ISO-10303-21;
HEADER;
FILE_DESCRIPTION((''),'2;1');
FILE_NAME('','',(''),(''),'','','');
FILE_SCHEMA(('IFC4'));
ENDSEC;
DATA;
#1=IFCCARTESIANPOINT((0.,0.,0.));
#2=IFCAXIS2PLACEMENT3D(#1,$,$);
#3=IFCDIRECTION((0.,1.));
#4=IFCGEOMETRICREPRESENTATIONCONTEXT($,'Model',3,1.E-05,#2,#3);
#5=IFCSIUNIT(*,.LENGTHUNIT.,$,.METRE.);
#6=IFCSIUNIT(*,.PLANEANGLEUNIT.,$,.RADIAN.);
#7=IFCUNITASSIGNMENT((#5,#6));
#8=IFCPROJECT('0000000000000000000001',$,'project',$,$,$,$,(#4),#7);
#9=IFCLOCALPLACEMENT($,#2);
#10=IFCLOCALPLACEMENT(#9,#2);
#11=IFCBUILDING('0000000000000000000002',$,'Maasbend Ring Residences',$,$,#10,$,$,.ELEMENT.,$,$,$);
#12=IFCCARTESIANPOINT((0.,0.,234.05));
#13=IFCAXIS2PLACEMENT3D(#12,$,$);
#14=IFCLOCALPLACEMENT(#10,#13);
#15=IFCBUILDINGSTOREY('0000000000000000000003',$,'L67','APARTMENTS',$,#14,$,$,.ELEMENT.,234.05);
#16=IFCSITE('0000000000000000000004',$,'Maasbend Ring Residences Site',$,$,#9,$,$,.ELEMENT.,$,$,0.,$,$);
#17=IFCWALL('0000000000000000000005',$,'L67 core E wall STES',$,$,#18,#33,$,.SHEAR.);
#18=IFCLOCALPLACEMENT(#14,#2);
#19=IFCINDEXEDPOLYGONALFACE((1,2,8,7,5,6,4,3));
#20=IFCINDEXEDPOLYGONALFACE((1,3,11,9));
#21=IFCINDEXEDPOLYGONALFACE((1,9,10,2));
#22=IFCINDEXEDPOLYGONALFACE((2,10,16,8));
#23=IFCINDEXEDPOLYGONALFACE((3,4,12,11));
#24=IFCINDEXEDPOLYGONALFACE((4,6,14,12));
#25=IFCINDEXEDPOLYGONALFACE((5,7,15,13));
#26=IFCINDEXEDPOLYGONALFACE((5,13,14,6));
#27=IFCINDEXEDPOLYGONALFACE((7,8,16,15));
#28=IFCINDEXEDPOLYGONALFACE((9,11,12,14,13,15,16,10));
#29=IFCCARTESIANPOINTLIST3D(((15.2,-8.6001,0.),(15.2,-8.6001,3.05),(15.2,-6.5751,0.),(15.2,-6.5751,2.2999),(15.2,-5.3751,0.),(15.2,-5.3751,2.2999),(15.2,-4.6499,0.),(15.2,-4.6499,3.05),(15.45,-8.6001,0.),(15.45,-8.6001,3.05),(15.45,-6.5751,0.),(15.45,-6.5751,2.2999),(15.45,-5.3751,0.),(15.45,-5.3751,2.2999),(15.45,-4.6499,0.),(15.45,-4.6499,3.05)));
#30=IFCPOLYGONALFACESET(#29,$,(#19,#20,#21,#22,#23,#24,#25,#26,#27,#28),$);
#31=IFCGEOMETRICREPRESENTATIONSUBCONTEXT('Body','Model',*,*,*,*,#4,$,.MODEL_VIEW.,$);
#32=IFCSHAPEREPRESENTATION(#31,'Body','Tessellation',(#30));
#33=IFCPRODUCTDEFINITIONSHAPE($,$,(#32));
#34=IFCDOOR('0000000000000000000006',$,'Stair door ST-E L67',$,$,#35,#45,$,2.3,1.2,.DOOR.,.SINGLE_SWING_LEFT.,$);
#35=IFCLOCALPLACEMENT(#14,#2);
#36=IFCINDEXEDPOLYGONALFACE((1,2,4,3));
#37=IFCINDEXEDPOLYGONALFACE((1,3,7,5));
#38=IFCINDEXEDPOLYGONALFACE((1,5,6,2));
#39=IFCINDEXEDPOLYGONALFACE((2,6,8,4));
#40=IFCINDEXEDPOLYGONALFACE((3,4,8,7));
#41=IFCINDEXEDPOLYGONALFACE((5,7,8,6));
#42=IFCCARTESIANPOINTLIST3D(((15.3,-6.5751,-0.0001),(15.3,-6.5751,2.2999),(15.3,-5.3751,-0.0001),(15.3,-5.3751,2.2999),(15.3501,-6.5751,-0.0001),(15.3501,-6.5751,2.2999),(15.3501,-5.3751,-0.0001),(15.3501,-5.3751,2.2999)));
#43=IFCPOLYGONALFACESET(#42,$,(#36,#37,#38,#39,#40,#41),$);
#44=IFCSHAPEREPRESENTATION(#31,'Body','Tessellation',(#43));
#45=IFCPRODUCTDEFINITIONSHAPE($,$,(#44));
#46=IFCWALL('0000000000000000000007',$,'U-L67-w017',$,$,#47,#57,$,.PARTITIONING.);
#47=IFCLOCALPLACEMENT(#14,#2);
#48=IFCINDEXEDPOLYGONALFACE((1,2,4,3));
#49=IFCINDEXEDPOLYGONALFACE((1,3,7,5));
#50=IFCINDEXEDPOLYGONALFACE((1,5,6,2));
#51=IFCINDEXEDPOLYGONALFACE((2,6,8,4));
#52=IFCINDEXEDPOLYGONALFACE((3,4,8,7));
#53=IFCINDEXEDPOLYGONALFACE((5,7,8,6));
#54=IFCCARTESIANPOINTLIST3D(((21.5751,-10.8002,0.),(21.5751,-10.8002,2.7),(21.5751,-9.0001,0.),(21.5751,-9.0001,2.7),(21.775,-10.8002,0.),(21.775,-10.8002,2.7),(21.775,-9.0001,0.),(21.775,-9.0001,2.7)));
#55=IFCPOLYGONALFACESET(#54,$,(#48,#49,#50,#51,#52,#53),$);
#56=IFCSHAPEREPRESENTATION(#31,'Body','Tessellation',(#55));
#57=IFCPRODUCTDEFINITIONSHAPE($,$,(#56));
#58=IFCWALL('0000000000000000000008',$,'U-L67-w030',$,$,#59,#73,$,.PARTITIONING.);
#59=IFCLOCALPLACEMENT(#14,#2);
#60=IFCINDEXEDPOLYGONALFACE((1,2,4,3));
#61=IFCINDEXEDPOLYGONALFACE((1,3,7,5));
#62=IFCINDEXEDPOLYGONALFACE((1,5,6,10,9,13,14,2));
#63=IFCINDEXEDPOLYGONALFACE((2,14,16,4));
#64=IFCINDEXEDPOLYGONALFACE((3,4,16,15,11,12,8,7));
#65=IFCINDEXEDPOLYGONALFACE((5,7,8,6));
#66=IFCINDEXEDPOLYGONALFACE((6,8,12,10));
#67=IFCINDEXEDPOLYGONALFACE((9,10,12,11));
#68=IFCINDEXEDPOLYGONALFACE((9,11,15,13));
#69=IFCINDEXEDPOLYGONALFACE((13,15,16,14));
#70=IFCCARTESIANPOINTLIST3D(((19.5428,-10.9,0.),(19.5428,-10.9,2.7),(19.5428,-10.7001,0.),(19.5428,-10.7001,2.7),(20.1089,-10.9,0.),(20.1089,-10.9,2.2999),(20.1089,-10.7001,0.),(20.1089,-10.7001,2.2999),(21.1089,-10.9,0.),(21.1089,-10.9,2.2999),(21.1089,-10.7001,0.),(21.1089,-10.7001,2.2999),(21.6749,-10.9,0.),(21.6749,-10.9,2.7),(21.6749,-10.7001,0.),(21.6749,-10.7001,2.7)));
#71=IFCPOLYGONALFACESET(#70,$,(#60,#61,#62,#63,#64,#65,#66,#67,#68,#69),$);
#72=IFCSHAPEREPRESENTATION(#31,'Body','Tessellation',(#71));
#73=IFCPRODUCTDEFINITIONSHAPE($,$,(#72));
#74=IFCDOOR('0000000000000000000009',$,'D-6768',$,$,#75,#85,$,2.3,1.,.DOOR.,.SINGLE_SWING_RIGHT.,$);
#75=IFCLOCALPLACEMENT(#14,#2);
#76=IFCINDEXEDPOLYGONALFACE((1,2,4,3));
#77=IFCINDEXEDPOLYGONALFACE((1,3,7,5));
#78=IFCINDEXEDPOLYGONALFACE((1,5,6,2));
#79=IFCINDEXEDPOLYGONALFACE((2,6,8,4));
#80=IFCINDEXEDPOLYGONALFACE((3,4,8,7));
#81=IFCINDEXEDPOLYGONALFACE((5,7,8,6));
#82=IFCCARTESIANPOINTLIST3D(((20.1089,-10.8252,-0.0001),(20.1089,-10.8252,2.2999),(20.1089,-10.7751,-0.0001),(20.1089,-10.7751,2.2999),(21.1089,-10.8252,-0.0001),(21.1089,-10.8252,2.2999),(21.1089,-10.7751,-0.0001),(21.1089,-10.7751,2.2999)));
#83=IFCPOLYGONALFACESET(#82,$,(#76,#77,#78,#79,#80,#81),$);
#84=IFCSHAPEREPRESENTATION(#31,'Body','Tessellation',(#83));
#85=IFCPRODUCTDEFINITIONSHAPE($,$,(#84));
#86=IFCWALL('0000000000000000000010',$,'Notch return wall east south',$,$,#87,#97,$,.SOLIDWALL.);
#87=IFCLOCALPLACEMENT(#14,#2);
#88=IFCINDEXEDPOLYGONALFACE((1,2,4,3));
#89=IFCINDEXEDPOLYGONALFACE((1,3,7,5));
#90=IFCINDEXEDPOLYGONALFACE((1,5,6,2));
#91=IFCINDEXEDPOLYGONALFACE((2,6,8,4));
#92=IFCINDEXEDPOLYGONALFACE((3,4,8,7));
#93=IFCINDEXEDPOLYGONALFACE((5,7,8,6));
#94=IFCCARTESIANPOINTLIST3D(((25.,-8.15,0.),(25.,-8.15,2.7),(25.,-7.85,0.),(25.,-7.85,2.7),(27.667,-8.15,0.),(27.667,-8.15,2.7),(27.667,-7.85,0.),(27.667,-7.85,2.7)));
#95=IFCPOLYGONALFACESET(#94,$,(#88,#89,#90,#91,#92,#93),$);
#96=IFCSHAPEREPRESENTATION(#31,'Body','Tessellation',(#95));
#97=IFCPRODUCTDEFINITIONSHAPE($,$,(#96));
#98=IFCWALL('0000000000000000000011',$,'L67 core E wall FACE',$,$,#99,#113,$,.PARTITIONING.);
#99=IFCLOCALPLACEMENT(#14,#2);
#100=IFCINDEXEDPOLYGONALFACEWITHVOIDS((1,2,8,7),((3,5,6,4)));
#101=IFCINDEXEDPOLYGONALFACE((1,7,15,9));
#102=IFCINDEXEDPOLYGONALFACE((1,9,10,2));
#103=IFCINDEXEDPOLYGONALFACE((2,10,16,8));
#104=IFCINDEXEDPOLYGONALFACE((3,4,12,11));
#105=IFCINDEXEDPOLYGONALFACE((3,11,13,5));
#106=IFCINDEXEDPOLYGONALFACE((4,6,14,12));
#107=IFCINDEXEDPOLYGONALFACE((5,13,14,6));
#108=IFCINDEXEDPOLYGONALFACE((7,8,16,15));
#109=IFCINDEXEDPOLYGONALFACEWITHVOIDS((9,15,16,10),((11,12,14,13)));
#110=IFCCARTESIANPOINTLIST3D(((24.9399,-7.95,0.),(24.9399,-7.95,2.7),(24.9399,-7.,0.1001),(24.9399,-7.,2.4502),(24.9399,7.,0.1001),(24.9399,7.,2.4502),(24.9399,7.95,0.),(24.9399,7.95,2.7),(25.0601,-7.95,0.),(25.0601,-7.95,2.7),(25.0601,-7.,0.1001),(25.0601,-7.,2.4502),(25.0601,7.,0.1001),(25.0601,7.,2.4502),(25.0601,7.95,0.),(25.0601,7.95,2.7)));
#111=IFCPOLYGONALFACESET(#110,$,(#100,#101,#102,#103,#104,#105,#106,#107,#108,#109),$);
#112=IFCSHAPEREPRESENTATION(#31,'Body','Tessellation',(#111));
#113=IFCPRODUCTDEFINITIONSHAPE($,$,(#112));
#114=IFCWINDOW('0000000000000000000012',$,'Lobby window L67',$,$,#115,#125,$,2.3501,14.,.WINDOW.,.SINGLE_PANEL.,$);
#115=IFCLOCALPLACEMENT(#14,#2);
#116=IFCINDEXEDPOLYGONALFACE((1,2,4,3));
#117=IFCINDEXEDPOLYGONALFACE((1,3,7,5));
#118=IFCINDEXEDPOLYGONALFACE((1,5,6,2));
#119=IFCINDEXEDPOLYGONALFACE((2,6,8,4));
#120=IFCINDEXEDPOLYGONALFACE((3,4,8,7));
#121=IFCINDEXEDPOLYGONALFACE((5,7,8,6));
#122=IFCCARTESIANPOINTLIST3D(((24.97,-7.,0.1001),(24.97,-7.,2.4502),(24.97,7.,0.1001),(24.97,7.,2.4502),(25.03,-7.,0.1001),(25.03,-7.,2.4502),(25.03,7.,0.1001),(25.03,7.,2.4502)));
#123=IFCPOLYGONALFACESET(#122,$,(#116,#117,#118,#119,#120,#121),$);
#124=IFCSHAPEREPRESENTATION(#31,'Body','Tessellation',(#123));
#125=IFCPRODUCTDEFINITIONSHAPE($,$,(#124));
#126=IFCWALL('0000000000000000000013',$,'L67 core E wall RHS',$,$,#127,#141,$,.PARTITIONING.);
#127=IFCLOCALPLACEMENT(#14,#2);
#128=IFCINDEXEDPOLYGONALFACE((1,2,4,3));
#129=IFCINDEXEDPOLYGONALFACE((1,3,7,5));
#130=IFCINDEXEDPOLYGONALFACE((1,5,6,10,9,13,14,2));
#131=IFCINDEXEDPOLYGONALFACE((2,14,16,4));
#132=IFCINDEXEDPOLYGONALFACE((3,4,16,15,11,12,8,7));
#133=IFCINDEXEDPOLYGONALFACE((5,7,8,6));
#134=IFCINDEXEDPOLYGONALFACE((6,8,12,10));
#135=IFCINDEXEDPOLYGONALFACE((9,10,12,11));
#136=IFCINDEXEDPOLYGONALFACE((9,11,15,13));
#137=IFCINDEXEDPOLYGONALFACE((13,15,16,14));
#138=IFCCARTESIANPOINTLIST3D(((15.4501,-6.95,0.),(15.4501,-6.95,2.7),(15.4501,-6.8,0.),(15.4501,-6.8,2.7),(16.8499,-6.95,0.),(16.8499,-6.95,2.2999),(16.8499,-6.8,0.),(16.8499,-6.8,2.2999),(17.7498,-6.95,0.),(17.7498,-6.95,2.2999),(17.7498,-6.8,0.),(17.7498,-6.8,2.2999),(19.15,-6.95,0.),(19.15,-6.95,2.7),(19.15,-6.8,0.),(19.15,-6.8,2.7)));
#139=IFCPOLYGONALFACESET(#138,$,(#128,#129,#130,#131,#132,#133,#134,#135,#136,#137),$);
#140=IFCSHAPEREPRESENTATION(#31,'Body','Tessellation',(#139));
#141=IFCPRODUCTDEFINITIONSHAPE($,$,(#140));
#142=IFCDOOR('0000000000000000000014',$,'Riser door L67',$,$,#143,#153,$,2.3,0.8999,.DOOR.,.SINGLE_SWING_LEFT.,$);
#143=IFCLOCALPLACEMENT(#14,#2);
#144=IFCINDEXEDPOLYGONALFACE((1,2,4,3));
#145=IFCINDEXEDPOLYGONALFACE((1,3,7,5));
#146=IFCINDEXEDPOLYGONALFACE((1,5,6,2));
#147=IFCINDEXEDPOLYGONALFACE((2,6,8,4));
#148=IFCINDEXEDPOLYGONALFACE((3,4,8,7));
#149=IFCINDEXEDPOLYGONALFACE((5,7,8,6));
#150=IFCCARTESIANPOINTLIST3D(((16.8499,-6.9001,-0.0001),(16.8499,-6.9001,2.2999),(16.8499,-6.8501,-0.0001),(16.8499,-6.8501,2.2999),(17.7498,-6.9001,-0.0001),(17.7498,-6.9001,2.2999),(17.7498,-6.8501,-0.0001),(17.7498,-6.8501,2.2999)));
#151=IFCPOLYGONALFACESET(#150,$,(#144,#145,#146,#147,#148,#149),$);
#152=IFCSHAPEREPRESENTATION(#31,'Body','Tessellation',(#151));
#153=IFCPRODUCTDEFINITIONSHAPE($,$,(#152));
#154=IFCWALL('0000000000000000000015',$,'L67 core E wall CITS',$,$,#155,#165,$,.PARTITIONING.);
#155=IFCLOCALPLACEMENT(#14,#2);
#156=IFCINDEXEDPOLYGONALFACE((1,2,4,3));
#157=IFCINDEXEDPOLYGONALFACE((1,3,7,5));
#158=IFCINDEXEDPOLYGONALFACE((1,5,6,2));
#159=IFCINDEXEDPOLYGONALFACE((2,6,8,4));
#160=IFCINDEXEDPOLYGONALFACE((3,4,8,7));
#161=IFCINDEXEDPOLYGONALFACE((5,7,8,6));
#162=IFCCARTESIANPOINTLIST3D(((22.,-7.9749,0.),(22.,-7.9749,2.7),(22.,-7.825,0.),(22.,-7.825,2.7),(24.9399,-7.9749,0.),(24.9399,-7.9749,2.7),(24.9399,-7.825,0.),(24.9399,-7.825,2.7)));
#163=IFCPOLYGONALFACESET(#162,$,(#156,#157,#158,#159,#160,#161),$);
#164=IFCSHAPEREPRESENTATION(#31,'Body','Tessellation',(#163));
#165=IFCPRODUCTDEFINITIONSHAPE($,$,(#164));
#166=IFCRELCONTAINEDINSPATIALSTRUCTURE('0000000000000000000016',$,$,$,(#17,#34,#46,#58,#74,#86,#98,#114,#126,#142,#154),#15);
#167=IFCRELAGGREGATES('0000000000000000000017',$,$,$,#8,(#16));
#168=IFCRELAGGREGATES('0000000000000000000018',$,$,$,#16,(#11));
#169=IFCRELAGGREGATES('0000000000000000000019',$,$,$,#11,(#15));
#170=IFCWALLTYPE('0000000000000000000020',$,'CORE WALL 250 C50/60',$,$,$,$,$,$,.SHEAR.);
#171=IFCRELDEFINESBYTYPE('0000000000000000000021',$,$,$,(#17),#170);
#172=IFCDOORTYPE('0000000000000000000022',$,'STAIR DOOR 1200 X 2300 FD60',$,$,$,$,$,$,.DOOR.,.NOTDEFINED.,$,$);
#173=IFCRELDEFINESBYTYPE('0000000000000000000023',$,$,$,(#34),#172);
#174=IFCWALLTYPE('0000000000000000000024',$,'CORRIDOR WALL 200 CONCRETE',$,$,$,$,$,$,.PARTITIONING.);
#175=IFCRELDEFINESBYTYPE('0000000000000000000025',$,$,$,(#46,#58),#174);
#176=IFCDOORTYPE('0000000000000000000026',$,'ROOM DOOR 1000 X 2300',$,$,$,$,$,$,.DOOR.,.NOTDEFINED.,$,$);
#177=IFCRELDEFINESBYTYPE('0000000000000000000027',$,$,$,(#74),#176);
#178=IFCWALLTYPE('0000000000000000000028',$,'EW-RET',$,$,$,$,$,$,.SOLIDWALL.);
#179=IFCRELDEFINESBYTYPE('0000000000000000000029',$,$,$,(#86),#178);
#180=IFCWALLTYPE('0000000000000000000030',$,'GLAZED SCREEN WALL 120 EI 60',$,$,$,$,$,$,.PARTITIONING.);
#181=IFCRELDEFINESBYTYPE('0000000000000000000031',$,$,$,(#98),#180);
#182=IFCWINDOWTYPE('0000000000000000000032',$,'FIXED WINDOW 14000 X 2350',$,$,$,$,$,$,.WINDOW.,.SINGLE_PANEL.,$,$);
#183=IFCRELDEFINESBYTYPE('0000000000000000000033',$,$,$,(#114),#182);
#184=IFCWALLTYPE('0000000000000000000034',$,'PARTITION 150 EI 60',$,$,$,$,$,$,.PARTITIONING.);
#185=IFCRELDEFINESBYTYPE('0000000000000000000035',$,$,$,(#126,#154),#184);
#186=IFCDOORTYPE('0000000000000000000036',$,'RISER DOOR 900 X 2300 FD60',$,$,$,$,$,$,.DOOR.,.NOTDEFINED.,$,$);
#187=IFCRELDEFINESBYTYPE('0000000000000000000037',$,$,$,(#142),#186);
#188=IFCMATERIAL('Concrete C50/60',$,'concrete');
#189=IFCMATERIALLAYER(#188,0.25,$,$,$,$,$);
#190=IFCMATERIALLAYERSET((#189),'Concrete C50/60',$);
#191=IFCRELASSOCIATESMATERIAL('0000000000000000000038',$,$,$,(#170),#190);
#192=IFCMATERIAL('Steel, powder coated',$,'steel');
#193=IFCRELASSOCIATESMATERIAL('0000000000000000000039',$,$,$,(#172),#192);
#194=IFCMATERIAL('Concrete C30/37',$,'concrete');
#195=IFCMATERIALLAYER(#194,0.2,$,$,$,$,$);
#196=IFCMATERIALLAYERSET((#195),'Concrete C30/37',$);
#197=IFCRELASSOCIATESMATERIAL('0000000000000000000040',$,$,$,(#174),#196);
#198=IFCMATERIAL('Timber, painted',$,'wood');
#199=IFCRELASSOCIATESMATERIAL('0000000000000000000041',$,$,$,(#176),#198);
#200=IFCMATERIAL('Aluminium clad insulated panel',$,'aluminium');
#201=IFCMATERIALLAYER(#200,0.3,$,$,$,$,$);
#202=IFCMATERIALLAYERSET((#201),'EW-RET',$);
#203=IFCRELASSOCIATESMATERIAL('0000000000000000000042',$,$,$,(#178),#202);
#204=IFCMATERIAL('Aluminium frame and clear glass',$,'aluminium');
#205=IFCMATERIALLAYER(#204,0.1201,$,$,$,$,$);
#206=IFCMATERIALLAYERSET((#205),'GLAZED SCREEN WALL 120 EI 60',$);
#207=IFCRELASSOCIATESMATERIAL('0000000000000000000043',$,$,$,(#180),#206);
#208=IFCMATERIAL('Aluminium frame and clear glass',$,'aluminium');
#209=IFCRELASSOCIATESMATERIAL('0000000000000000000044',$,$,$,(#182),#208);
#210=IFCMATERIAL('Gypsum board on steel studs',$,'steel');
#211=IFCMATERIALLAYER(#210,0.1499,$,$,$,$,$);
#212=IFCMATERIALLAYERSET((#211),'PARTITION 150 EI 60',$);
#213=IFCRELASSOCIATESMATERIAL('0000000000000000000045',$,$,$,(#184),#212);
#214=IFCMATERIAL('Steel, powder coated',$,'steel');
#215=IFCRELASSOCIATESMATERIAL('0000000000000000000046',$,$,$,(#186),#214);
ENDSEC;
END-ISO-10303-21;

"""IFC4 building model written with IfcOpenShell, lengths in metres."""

from ifc_helpers import new_model, si_unit, direction, frame, frame_2d, origin, place, context, subcontext, project, spatial, rectangle, extrude, material, layer, layer_set, type_object, element, fill, save


model = new_model("IFC4")

# Units and contexts
model_context = context("Model", 3, precision=1e-05, world=origin(), true_north=direction((0.0, 1.0)))
body_context = subcontext(model_context, "Body", "Model", "MODEL_VIEW")
ifc_project = project(units=[si_unit("LENGTHUNIT", "METRE"), si_unit("PLANEANGLEUNIT", "RADIAN")], contexts=[model_context])

# Site, building, storey
site_placement = place(None, origin())
site = spatial("IfcSite", under=ifc_project, at=site_placement, Name="Maasbend Ring Residences Site", CompositionType="ELEMENT", RefElevation=0.0)
building_placement = place(site_placement, origin())
building = spatial("IfcBuilding", under=site, at=building_placement, Name="Maasbend Ring Residences", CompositionType="ELEMENT")
storey_placement = place(building_placement, frame((0.0, 0.0, 234.05)))
storey = spatial("IfcBuildingStorey", under=building, at=storey_placement, Name="L67", Description="APARTMENTS", CompositionType="ELEMENT", Elevation=234.05)

# Shared definitions
ifc_material_1 = material(Name="Concrete C50/60", Category="concrete")
ifc_layer_1 = layer(ifc_material_1, 0.25)
ifc_layer_set_1 = layer_set([ifc_layer_1], Name="Concrete C50/60")
wall_type_1 = type_object("IfcWallType", Name="CORE WALL 250 C50/60", PredefinedType="SHEAR", material=ifc_layer_set_1)

# Wall, opening, door
wall_1_placement = place(storey_placement, frame((15.325, -8.6001, 0.0), z_axis=(0.0, 0.0, 1.0), x_axis=(0.0, 1.0, 0.0)))
wall_1 = element("IfcWall", 1, at=wall_1_placement, inside=storey, type_object=wall_type_1, Name="L67 core E wall STES", PredefinedType="SHEAR", context=body_context, shape_type="SweptSolid", body=[
    extrude(rectangle(XDim=3.9502, YDim=0.25, at=frame_2d((1.9751, 0.0))), origin(), (0.0, 0.0, 1.0), 3.05),
])
opening_1_placement = place(wall_1_placement, frame((2.0249, 0.0, 0.0)))
opening_1 = element("IfcOpeningElement", 2, at=opening_1_placement, cuts=wall_1, PredefinedType="OPENING", context=body_context, shape_type="SweptSolid", body=[
    extrude(rectangle(XDim=1.2, YDim=2.3, at=frame_2d((0.6001, 1.1499))), frame((0.0, 0.135, 0.0), z_axis=(0.0, -1.0, 0.0), x_axis=(1.0, 0.0, 0.0)), (0.0, 0.0, 1.0), 0.27),
])
ifc_material_2 = material(Name="Steel, powder coated", Category="steel")
door_type_1 = type_object("IfcDoorType", Name="STAIR DOOR 1200 X 2300 FD60", OperationType="NOTDEFINED", PredefinedType="DOOR", material=ifc_material_2)
door_1_placement = place(opening_1_placement, origin())
door_1 = element("IfcDoor", 3, at=door_1_placement, inside=storey, type_object=door_type_1, Name="Stair door ST-E L67", OperationType="SINGLE_SWING_LEFT", OverallHeight=2.3, OverallWidth=1.2, PredefinedType="DOOR", context=body_context, shape_type="SweptSolid", body=[
    extrude(rectangle(XDim=1.2, YDim=2.3, at=frame_2d((0.6001, 1.1499))), frame((0.0, 0.0249, 0.0), z_axis=(0.0, -1.0, 0.0), x_axis=(1.0, 0.0, 0.0)), (0.0, 0.0, 1.0), 0.05),
])
fill(opening_1, door_1)

# Wall
ifc_material_3 = material(Name="Concrete C30/37", Category="concrete")
ifc_layer_2 = layer(ifc_material_3, 0.2)
ifc_layer_set_2 = layer_set([ifc_layer_2], Name="Concrete C30/37")
wall_type_2 = type_object("IfcWallType", Name="CORRIDOR WALL 200 CONCRETE", PredefinedType="PARTITIONING", material=ifc_layer_set_2)
wall_2_placement = place(storey_placement, frame((21.675, -10.8, 0.0), z_axis=(0.0, 0.0, 1.0), x_axis=(0.0, 1.0, 0.0)))
element("IfcWall", 4, at=wall_2_placement, inside=storey, type_object=wall_type_2, Name="U-L67-w017", PredefinedType="PARTITIONING", context=body_context, shape_type="SweptSolid", body=[
    extrude(rectangle(XDim=1.8, YDim=0.2, at=frame_2d((0.8999, 0.0))), origin(), (0.0, 0.0, 1.0), 2.7),
])

# Wall, opening, door
wall_3_placement = place(storey_placement, frame((19.543, -10.8, 0.0), z_axis=(0.0, 0.0, 1.0), x_axis=(1.0, 0.0, 0.0)))
wall_3 = element("IfcWall", 5, at=wall_3_placement, inside=storey, type_object=wall_type_2, Name="U-L67-w030", PredefinedType="PARTITIONING", context=body_context, shape_type="SweptSolid", body=[
    extrude(rectangle(XDim=2.1321, YDim=0.2, at=frame_2d((1.0659, 0.0))), origin(), (0.0, 0.0, 1.0), 2.7),
])
opening_2_placement = place(wall_3_placement, frame((0.5659, 0.0, 0.0)))
opening_2 = element("IfcOpeningElement", 6, at=opening_2_placement, cuts=wall_3, PredefinedType="OPENING", context=body_context, shape_type="SweptSolid", body=[
    extrude(rectangle(XDim=1.0, YDim=2.3, at=frame_2d((0.5, 1.1499))), frame((0.0, 0.1099, 0.0), z_axis=(0.0, -1.0, 0.0), x_axis=(1.0, 0.0, 0.0)), (0.0, 0.0, 1.0), 0.22),
])
ifc_material_4 = material(Name="Timber, painted", Category="wood")
door_type_2 = type_object("IfcDoorType", Name="ROOM DOOR 1000 X 2300", OperationType="NOTDEFINED", PredefinedType="DOOR", material=ifc_material_4)
door_2_placement = place(opening_2_placement, origin())
door_2 = element("IfcDoor", 7, at=door_2_placement, inside=storey, type_object=door_type_2, Name="D-6768", OperationType="SINGLE_SWING_RIGHT", OverallHeight=2.3, OverallWidth=1.0, PredefinedType="DOOR", context=body_context, shape_type="SweptSolid", body=[
    extrude(rectangle(XDim=1.0, YDim=2.3, at=frame_2d((0.5, 1.1499))), frame((0.0, 0.0249, 0.0), z_axis=(0.0, -1.0, 0.0), x_axis=(1.0, 0.0, 0.0)), (0.0, 0.0, 1.0), 0.05),
])
fill(opening_2, door_2)

# Wall
ifc_material_5 = material(Name="Aluminium clad insulated panel", Category="aluminium")
ifc_layer_3 = layer(ifc_material_5, 0.3)
ifc_layer_set_3 = layer_set([ifc_layer_3], Name="EW-RET")
wall_type_3 = type_object("IfcWallType", Name="EW-RET", PredefinedType="SOLIDWALL", material=ifc_layer_set_3)
wall_4_placement = place(storey_placement, frame((25.0, -8.0, 0.0), z_axis=(0.0, 0.0, 1.0), x_axis=(1.0, 0.0, 0.0)))
element("IfcWall", 8, at=wall_4_placement, inside=storey, type_object=wall_type_3, Name="Notch return wall east south", PredefinedType="SOLIDWALL", context=body_context, shape_type="SweptSolid", body=[
    extrude(rectangle(XDim=2.667, YDim=0.3, at=frame_2d((1.3335, 0.0))), origin(), (0.0, 0.0, 1.0), 2.7),
])

# Wall, opening, window
ifc_material_6 = material(Name="Aluminium frame and clear glass", Category="aluminium")
ifc_layer_4 = layer(ifc_material_6, 0.1201)
ifc_layer_set_4 = layer_set([ifc_layer_4], Name="GLAZED SCREEN WALL 120 EI 60")
wall_type_4 = type_object("IfcWallType", Name="GLAZED SCREEN WALL 120 EI 60", PredefinedType="PARTITIONING", material=ifc_layer_set_4)
wall_5_placement = place(storey_placement, frame((25.0, -7.95, 0.0), z_axis=(0.0, 0.0, 1.0), x_axis=(0.0, 1.0, 0.0)))
wall_5 = element("IfcWall", 9, at=wall_5_placement, inside=storey, type_object=wall_type_4, Name="L67 core E wall FACE", PredefinedType="PARTITIONING", context=body_context, shape_type="SweptSolid", body=[
    extrude(rectangle(XDim=15.8999, YDim=0.1201, at=frame_2d((7.95, 0.0))), origin(), (0.0, 0.0, 1.0), 2.7),
])
opening_3_placement = place(wall_5_placement, frame((0.95, 0.0, 0.1001)))
opening_3 = element("IfcOpeningElement", 10, at=opening_3_placement, cuts=wall_5, PredefinedType="OPENING", context=body_context, shape_type="SweptSolid", body=[
    extrude(rectangle(XDim=14.0, YDim=2.3501, at=frame_2d((7.0, 1.175))), frame((0.0, 0.0701, 0.0), z_axis=(0.0, -1.0, 0.0), x_axis=(1.0, 0.0, 0.0)), (0.0, 0.0, 1.0), 0.1401),
])
ifc_material_7 = material(Name="Aluminium frame and clear glass", Category="aluminium")
window_type = type_object("IfcWindowType", Name="FIXED WINDOW 14000 X 2350", PartitioningType="SINGLE_PANEL", PredefinedType="WINDOW", material=ifc_material_7)
window_placement = place(opening_3_placement, origin())
window = element("IfcWindow", 11, at=window_placement, inside=storey, type_object=window_type, Name="Lobby window L67", OverallHeight=2.3501, OverallWidth=14.0, PartitioningType="SINGLE_PANEL", PredefinedType="WINDOW", context=body_context, shape_type="SweptSolid", body=[
    extrude(rectangle(XDim=14.0, YDim=2.3501, at=frame_2d((7.0, 1.175))), frame((0.0, 0.03, 0.0), z_axis=(0.0, -1.0, 0.0), x_axis=(1.0, 0.0, 0.0)), (0.0, 0.0, 1.0), 0.0601),
])
fill(opening_3, window)

# Wall, opening, door
ifc_material_8 = material(Name="Gypsum board on steel studs", Category="steel")
ifc_layer_5 = layer(ifc_material_8, 0.1499)
ifc_layer_set_5 = layer_set([ifc_layer_5], Name="PARTITION 150 EI 60")
wall_type_5 = type_object("IfcWallType", Name="PARTITION 150 EI 60", PredefinedType="PARTITIONING", material=ifc_layer_set_5)
wall_6_placement = place(storey_placement, frame((15.45, -6.875, 0.0), z_axis=(0.0, 0.0, 1.0), x_axis=(1.0, 0.0, 0.0)))
wall_6 = element("IfcWall", 12, at=wall_6_placement, inside=storey, type_object=wall_type_5, Name="L67 core E wall RHS", PredefinedType="PARTITIONING", context=body_context, shape_type="SweptSolid", body=[
    extrude(rectangle(XDim=3.7, YDim=0.1499, at=frame_2d((1.8501, 0.0))), origin(), (0.0, 0.0, 1.0), 2.7),
])
opening_4_placement = place(wall_6_placement, frame((1.3999, 0.0, 0.0)))
opening_4 = element("IfcOpeningElement", 13, at=opening_4_placement, cuts=wall_6, PredefinedType="OPENING", context=body_context, shape_type="SweptSolid", body=[
    extrude(rectangle(XDim=0.8999, YDim=2.3, at=frame_2d((0.45, 1.1499))), frame((0.0, 0.085, 0.0), z_axis=(0.0, -1.0, 0.0), x_axis=(1.0, 0.0, 0.0)), (0.0, 0.0, 1.0), 0.1699),
])
ifc_material_9 = material(Name="Steel, powder coated", Category="steel")
door_type_3 = type_object("IfcDoorType", Name="RISER DOOR 900 X 2300 FD60", OperationType="NOTDEFINED", PredefinedType="DOOR", material=ifc_material_9)
door_3_placement = place(opening_4_placement, origin())
door_3 = element("IfcDoor", 14, at=door_3_placement, inside=storey, type_object=door_type_3, Name="Riser door L67", OperationType="SINGLE_SWING_LEFT", OverallHeight=2.3, OverallWidth=0.8999, PredefinedType="DOOR", context=body_context, shape_type="SweptSolid", body=[
    extrude(rectangle(XDim=0.8999, YDim=2.3, at=frame_2d((0.45, 1.1499))), frame((0.0, 0.0249, 0.0), z_axis=(0.0, -1.0, 0.0), x_axis=(1.0, 0.0, 0.0)), (0.0, 0.0, 1.0), 0.05),
])
fill(opening_4, door_3)

# Wall
wall_7_placement = place(storey_placement, frame((22.0, -7.8999, 0.0), z_axis=(0.0, 0.0, 1.0), x_axis=(1.0, 0.0, 0.0)))
element("IfcWall", 15, at=wall_7_placement, inside=storey, type_object=wall_type_5, Name="L67 core E wall CITS", PredefinedType="PARTITIONING", context=body_context, shape_type="SweptSolid", body=[
    extrude(rectangle(XDim=2.9399, YDim=0.1499, at=frame_2d((1.47, 0.0))), origin(), (0.0, 0.0, 1.0), 2.7),
])

save(model, "model.ifc")
